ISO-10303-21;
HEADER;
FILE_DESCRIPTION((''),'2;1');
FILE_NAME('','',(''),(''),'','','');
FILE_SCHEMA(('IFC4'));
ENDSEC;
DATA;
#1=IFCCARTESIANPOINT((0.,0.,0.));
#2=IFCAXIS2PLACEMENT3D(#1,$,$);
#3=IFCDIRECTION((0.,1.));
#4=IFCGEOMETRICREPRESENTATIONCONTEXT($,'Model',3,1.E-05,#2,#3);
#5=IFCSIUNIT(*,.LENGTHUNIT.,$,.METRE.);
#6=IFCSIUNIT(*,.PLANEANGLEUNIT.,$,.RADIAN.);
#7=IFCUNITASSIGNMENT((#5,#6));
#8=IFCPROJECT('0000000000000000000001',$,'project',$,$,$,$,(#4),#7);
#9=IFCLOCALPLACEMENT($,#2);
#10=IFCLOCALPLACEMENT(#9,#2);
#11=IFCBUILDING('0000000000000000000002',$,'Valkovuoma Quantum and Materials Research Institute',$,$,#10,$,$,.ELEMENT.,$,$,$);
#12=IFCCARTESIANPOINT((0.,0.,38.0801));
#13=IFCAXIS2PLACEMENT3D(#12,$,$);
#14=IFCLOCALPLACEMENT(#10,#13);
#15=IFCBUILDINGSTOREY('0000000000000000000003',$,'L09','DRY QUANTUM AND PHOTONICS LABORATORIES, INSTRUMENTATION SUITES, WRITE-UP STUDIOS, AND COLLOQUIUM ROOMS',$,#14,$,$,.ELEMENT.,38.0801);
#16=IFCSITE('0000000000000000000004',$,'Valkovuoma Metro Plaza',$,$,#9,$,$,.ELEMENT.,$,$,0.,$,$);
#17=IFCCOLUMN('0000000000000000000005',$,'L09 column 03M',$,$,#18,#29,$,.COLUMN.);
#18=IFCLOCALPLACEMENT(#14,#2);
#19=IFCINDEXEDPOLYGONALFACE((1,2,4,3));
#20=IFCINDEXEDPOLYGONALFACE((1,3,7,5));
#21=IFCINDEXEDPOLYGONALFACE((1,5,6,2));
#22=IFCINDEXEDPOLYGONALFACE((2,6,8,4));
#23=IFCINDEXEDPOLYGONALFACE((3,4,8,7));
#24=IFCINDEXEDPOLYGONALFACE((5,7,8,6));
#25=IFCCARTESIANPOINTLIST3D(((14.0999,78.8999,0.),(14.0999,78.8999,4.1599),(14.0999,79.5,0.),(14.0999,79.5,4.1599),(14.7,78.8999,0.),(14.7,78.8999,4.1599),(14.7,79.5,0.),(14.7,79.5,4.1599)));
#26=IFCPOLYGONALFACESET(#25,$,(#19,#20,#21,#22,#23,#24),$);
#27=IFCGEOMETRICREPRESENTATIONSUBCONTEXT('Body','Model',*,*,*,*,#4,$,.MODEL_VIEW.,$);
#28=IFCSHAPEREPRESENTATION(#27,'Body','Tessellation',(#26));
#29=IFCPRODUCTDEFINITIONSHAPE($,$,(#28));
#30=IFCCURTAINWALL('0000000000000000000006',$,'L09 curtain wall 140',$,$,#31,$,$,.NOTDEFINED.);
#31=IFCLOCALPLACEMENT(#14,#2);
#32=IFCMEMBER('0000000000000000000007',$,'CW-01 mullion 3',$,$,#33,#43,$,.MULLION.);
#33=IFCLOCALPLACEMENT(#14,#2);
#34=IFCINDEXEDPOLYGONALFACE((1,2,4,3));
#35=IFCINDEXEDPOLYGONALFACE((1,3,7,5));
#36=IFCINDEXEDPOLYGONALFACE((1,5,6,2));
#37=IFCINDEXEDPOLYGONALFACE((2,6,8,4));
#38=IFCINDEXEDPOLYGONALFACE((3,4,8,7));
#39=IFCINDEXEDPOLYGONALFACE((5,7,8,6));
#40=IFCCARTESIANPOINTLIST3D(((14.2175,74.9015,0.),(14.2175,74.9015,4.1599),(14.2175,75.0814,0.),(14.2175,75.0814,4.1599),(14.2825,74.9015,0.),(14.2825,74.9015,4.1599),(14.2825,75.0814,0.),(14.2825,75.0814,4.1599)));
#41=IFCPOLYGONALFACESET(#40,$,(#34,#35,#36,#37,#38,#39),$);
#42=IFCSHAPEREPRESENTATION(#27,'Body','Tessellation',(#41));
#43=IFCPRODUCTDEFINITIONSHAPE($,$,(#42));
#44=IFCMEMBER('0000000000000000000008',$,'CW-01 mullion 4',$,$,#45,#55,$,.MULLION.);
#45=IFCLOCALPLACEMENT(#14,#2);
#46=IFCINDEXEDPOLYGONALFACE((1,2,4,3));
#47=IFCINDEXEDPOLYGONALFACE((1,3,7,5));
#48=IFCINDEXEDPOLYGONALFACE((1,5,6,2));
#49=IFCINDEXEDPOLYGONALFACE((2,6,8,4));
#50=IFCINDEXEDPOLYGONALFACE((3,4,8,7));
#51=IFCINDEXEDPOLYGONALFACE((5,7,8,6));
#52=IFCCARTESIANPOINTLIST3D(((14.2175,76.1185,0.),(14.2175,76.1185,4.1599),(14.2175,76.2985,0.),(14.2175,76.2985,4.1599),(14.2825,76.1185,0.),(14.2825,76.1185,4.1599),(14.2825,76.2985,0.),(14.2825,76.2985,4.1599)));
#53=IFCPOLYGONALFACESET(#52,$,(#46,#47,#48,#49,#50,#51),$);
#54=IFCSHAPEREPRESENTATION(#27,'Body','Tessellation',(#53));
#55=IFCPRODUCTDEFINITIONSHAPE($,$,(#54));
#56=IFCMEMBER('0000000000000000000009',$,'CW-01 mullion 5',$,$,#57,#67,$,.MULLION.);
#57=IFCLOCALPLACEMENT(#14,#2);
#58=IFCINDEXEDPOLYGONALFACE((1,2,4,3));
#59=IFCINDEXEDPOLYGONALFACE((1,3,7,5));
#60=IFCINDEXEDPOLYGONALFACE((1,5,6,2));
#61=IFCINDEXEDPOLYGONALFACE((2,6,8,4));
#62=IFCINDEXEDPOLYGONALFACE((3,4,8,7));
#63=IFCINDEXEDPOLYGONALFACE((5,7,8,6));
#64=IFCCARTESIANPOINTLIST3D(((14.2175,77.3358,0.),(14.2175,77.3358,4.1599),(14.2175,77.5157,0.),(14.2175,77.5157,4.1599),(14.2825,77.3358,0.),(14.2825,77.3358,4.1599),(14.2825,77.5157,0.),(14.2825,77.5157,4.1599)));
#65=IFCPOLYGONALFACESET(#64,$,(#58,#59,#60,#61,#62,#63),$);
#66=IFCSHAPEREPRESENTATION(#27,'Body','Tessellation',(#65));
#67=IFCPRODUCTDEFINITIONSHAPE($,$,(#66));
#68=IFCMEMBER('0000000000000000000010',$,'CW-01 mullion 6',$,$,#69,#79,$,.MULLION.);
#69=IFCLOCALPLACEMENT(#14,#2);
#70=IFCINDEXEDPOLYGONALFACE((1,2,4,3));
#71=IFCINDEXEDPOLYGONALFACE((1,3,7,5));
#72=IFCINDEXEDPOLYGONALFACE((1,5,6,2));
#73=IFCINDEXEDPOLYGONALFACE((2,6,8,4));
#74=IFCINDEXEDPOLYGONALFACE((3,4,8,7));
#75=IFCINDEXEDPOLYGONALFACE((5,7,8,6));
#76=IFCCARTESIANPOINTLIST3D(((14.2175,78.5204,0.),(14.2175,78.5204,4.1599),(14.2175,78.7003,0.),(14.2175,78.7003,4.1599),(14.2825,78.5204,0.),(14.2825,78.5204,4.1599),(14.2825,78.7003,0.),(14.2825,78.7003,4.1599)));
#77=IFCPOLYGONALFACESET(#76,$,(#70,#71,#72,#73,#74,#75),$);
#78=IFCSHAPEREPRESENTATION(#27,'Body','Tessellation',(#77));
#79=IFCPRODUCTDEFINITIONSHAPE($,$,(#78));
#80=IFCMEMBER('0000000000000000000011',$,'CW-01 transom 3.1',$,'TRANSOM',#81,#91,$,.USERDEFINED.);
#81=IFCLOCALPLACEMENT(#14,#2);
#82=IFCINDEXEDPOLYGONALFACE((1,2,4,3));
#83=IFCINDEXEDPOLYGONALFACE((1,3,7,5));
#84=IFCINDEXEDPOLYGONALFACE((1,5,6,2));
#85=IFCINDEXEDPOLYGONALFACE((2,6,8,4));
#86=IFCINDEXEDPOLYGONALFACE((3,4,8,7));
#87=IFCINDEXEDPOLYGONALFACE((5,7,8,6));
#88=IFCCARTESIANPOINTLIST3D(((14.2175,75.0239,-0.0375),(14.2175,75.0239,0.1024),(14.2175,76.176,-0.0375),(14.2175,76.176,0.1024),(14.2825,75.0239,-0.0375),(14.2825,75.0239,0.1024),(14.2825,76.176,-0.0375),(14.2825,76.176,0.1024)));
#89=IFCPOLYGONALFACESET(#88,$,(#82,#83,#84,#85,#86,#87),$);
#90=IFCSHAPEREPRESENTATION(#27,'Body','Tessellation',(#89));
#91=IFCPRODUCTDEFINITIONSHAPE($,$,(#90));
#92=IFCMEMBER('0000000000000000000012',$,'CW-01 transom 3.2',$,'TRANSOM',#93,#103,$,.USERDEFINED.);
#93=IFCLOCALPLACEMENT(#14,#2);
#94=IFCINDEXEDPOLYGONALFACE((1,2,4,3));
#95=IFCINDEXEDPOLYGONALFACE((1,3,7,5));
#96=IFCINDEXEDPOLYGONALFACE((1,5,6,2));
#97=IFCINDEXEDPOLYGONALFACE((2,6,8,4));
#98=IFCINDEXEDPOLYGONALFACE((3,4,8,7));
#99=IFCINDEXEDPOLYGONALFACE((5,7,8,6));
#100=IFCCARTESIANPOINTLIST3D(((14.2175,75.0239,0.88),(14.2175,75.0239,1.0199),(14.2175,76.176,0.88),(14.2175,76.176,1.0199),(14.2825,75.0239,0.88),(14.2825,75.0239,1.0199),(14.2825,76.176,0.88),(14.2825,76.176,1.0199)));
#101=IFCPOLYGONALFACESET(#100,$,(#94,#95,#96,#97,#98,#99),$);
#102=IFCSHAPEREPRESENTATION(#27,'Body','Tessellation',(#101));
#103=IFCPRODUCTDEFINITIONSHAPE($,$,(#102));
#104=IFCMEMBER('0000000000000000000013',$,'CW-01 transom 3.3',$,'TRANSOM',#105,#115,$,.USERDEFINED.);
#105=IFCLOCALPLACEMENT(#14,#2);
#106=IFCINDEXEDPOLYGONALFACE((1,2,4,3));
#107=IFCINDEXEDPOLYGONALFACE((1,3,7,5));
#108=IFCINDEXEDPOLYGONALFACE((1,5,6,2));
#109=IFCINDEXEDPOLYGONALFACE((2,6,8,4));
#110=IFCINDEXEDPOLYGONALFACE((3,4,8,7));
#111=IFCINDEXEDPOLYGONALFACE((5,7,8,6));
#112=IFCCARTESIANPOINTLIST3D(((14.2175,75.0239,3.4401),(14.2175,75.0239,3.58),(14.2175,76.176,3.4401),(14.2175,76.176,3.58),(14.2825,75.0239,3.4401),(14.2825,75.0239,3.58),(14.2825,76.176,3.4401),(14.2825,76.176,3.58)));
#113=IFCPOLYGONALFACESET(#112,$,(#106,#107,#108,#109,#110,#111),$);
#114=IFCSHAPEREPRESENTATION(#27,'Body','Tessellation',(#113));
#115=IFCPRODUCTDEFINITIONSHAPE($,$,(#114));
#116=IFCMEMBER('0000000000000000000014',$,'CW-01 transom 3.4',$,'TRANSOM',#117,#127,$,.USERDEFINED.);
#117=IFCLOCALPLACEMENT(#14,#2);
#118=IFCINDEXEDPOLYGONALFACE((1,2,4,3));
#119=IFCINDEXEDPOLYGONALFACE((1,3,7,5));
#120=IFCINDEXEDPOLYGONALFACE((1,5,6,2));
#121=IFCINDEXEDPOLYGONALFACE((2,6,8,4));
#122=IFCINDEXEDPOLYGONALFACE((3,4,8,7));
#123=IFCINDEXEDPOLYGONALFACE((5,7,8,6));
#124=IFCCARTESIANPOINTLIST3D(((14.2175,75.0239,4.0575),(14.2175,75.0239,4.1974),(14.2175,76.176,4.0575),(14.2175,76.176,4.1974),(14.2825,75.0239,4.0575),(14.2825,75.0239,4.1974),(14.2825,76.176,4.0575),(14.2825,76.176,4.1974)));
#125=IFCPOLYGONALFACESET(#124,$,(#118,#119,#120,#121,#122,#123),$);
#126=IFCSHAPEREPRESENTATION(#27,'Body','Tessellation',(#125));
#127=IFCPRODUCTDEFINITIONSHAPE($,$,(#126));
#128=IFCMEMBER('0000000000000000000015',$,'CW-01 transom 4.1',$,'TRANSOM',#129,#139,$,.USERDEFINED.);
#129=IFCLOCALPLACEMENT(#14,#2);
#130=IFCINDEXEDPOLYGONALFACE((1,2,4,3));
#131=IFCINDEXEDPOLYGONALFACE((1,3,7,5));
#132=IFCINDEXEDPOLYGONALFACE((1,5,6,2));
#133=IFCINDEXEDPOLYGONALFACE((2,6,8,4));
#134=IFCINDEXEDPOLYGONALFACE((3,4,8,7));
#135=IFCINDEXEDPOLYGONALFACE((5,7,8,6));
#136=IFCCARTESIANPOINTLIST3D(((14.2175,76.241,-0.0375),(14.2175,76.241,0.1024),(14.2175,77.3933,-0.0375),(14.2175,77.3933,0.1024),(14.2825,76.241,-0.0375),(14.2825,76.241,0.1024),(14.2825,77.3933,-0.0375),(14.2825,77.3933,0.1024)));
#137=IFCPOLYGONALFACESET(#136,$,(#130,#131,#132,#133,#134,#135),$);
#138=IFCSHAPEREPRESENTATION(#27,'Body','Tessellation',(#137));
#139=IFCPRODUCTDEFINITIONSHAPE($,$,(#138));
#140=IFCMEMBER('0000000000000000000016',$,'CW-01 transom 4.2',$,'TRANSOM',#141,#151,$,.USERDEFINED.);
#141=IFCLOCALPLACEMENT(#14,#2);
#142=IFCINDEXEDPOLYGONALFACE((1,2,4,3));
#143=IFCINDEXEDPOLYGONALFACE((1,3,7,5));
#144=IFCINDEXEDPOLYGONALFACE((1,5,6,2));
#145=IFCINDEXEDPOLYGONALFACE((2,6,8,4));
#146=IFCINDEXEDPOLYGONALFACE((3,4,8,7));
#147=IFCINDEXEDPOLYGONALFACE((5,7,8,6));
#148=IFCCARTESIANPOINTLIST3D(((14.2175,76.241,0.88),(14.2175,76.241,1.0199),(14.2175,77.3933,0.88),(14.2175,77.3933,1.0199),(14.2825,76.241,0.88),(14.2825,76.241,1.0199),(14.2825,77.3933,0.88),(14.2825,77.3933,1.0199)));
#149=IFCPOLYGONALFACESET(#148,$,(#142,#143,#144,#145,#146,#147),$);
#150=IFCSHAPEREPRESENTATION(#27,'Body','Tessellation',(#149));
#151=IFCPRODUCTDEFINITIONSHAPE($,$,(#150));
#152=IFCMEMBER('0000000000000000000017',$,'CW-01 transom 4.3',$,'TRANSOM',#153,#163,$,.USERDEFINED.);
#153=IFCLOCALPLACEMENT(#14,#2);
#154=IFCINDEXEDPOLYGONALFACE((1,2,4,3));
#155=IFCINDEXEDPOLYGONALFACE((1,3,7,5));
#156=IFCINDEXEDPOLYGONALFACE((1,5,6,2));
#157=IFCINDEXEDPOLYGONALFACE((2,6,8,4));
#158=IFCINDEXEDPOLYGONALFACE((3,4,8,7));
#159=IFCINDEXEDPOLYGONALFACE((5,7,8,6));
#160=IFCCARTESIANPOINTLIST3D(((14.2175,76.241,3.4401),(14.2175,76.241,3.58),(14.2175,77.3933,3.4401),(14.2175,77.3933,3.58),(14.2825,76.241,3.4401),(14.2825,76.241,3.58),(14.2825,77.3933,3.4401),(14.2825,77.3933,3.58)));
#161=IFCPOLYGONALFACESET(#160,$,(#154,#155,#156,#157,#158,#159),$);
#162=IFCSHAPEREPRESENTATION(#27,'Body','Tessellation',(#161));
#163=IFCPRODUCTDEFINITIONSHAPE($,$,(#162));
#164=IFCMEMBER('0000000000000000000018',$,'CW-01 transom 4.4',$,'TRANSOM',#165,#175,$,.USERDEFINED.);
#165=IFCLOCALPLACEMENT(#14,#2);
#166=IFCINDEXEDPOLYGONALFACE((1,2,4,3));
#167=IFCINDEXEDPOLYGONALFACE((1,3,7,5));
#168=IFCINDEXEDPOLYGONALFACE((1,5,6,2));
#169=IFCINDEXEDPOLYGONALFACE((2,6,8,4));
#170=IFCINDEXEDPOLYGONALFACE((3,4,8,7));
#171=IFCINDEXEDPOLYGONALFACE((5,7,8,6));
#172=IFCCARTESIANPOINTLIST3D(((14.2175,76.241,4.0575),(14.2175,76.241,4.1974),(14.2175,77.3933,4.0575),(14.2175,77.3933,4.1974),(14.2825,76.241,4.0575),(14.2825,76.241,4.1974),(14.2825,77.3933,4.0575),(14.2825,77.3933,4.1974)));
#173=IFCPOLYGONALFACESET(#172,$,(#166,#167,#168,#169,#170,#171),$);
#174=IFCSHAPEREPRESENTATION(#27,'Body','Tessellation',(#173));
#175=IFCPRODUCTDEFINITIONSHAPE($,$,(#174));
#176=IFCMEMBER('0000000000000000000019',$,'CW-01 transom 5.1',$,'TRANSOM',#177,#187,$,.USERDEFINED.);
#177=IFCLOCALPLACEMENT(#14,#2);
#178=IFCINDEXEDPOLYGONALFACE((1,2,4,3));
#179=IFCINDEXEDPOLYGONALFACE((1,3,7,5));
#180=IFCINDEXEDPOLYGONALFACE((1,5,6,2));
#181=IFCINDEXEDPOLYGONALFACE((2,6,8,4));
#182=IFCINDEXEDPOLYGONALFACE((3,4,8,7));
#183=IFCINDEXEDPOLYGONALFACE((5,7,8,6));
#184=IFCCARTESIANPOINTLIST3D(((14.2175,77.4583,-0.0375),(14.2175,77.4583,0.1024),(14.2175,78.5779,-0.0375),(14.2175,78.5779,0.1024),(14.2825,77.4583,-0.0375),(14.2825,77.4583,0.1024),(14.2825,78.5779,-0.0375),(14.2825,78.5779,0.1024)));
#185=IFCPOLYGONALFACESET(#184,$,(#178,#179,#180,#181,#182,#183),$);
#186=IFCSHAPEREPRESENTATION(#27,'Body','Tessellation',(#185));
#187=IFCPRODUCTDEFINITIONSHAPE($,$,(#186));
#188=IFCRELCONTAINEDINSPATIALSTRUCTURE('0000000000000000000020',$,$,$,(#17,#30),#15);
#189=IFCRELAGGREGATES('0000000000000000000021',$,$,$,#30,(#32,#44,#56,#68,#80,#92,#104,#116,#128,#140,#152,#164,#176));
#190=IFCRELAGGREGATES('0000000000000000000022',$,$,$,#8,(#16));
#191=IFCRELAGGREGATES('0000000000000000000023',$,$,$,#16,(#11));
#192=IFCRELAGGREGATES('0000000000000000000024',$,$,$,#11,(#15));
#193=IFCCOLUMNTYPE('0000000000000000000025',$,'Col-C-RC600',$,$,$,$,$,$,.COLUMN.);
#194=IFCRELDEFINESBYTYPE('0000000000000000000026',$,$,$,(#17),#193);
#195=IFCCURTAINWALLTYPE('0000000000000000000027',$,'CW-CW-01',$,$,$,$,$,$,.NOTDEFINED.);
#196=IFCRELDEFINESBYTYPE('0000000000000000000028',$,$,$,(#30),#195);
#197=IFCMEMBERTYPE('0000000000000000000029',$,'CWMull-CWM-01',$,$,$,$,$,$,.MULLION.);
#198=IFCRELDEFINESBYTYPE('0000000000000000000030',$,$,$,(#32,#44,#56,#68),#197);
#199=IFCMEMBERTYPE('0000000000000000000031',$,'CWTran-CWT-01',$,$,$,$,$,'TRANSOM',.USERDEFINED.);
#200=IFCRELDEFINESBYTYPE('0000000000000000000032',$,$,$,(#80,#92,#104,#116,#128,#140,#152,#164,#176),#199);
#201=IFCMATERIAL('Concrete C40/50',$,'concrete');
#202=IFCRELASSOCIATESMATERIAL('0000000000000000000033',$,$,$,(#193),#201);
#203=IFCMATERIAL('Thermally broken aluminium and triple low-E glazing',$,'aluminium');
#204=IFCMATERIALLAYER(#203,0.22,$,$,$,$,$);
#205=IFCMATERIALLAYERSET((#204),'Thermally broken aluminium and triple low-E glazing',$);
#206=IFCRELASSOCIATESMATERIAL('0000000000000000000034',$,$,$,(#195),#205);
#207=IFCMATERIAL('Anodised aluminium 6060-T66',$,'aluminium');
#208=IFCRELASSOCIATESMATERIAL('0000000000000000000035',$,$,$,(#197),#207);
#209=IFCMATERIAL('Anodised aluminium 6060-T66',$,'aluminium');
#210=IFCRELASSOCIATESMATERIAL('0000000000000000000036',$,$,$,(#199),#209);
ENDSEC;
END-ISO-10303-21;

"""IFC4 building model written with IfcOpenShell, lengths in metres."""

from ifc_helpers import new_model, si_unit, direction, frame, origin, origin_2d, place, context, subcontext, project, spatial, rectangle, extrude, material, layer, layer_set, material_profile, profile_set, type_object, element, aggregate, save


model = new_model("IFC4")

# Units and contexts
model_context = context("Model", 3, precision=1e-05, world=origin(), true_north=direction((0.0, 1.0)))
body_context = subcontext(model_context, "Body", "Model", "MODEL_VIEW")
ifc_project = project(units=[si_unit("LENGTHUNIT", "METRE"), si_unit("PLANEANGLEUNIT", "RADIAN")], contexts=[model_context])

# Site, building, storey
site_placement = place(None, origin())
site = spatial("IfcSite", under=ifc_project, at=site_placement, Name="Valkovuoma Metro Plaza", CompositionType="ELEMENT", RefElevation=0.0)
building_placement = place(site_placement, origin())
building = spatial("IfcBuilding", under=site, at=building_placement, Name="Valkovuoma Quantum and Materials Research Institute", CompositionType="ELEMENT")
storey_placement = place(building_placement, frame((0.0, 0.0, 38.0801)))
storey = spatial("IfcBuildingStorey", under=building, at=storey_placement, Name="L09", Description="DRY QUANTUM AND PHOTONICS LABORATORIES, INSTRUMENTATION SUITES, WRITE-UP STUDIOS, AND COLLOQUIUM ROOMS", CompositionType="ELEMENT", Elevation=38.0801)

# Column
ifc_material_1 = material(Name="Concrete C40/50", Category="concrete")
ifc_material_profile_1 = material_profile(ifc_material_1, rectangle(XDim=0.6001, YDim=0.6001, at=origin_2d()), Name="Concrete C40/50")
ifc_profile_set_1 = profile_set([ifc_material_profile_1], Name="Concrete C40/50")
column_type = type_object("IfcColumnType", Name="Col-C-RC600", PredefinedType="COLUMN", material=ifc_profile_set_1)
column_placement = place(storey_placement, frame((14.3999, 79.2, 0.0), z_axis=(0.0, 0.0, 1.0), x_axis=(1.0, 0.0, 0.0)))
element("IfcColumn", 1, at=column_placement, inside=storey, type_object=column_type, Name="L09 column 03M", PredefinedType="COLUMN", context=body_context, shape_type="SweptSolid", body=[
    extrude(rectangle(XDim=0.6001, YDim=0.6001, at=origin_2d()), origin(), (0.0, 0.0, 1.0), 4.1599),
])

# Curtain wall, members
ifc_material_2 = material(Name="Thermally broken aluminium and triple low-E glazing", Category="aluminium")
ifc_layer_1 = layer(ifc_material_2, 0.22)
ifc_layer_set_1 = layer_set([ifc_layer_1], Name="Thermally broken aluminium and triple low-E glazing")
curtain_wall_type = type_object("IfcCurtainWallType", Name="CW-CW-01", PredefinedType="NOTDEFINED", material=ifc_layer_set_1)
curtain_wall_placement = place(storey_placement, origin())
curtain_wall = element("IfcCurtainWall", 2, at=curtain_wall_placement, inside=storey, type_object=curtain_wall_type, Name="L09 curtain wall 140", PredefinedType="NOTDEFINED")
ifc_material_3 = material(Name="Anodised aluminium 6060-T66", Category="aluminium")
ifc_material_profile_2 = material_profile(ifc_material_3, rectangle(XDim=0.0649, YDim=0.1799, at=origin_2d()), Name="Anodised aluminium 6060-T66")
ifc_profile_set_2 = profile_set([ifc_material_profile_2], Name="Anodised aluminium 6060-T66")
member_type_1 = type_object("IfcMemberType", Name="CWMull-CWM-01", PredefinedType="MULLION", material=ifc_profile_set_2)
member_1_placement = place(storey_placement, frame((14.25, 74.9915, 0.0), z_axis=(0.0, 0.0, 1.0), x_axis=(-1.0, 0.0, 0.0)))
member_1 = element("IfcMember", 3, at=member_1_placement, type_object=member_type_1, Name="CW-01 mullion 3", PredefinedType="MULLION", context=body_context, shape_type="SweptSolid", body=[
    extrude(rectangle(XDim=0.0649, YDim=0.1799, at=origin_2d()), origin(), (0.0, 0.0, 1.0), 4.1599),
])
member_2_placement = place(storey_placement, frame((14.25, 76.2085, 0.0), z_axis=(0.0, 0.0, 1.0), x_axis=(-1.0, 0.0, 0.0)))
member_2 = element("IfcMember", 4, at=member_2_placement, type_object=member_type_1, Name="CW-01 mullion 4", PredefinedType="MULLION", context=body_context, shape_type="SweptSolid", body=[
    extrude(rectangle(XDim=0.0649, YDim=0.1799, at=origin_2d()), origin(), (0.0, 0.0, 1.0), 4.1599),
])
member_3_placement = place(storey_placement, frame((14.25, 77.4258, 0.0), z_axis=(0.0, 0.0, 1.0), x_axis=(-1.0, 0.0, 0.0)))
member_3 = element("IfcMember", 5, at=member_3_placement, type_object=member_type_1, Name="CW-01 mullion 5", PredefinedType="MULLION", context=body_context, shape_type="SweptSolid", body=[
    extrude(rectangle(XDim=0.0649, YDim=0.1799, at=origin_2d()), origin(), (0.0, 0.0, 1.0), 4.1599),
])
member_4_placement = place(storey_placement, frame((14.25, 78.6104, 0.0), z_axis=(0.0, 0.0, 1.0), x_axis=(-1.0, 0.0, 0.0)))
member_4 = element("IfcMember", 6, at=member_4_placement, type_object=member_type_1, Name="CW-01 mullion 6", PredefinedType="MULLION", context=body_context, shape_type="SweptSolid", body=[
    extrude(rectangle(XDim=0.0649, YDim=0.1799, at=origin_2d()), origin(), (0.0, 0.0, 1.0), 4.1599),
])
ifc_material_4 = material(Name="Anodised aluminium 6060-T66", Category="aluminium")
ifc_material_profile_3 = material_profile(ifc_material_4, rectangle(XDim=0.0649, YDim=0.1399, at=origin_2d()), Name="Anodised aluminium 6060-T66")
ifc_profile_set_3 = profile_set([ifc_material_profile_3], Name="Anodised aluminium 6060-T66")
member_type_2 = type_object("IfcMemberType", Name="CWTran-CWT-01", ElementType="TRANSOM", PredefinedType="USERDEFINED", material=ifc_profile_set_3)
member_5_placement = place(storey_placement, frame((14.25, 75.0239, 0.0325), z_axis=(0.0, 1.0, 0.0), x_axis=(-1.0, 0.0, 0.0)))
member_5 = element("IfcMember", 7, at=member_5_placement, type_object=member_type_2, Name="CW-01 transom 3.1", ObjectType="TRANSOM", PredefinedType="USERDEFINED", context=body_context, shape_type="SweptSolid", body=[
    extrude(rectangle(XDim=0.0649, YDim=0.1399, at=origin_2d()), origin(), (0.0, 0.0, 1.0), 1.1521),
])
member_6_placement = place(storey_placement, frame((14.25, 75.0239, 0.95), z_axis=(0.0, 1.0, 0.0), x_axis=(-1.0, 0.0, 0.0)))
member_6 = element("IfcMember", 8, at=member_6_placement, type_object=member_type_2, Name="CW-01 transom 3.2", ObjectType="TRANSOM", PredefinedType="USERDEFINED", context=body_context, shape_type="SweptSolid", body=[
    extrude(rectangle(XDim=0.0649, YDim=0.1399, at=origin_2d()), origin(), (0.0, 0.0, 1.0), 1.1521),
])
member_7_placement = place(storey_placement, frame((14.25, 75.0239, 3.51), z_axis=(0.0, 1.0, 0.0), x_axis=(-1.0, 0.0, 0.0)))
member_7 = element("IfcMember", 9, at=member_7_placement, type_object=member_type_2, Name="CW-01 transom 3.3", ObjectType="TRANSOM", PredefinedType="USERDEFINED", context=body_context, shape_type="SweptSolid", body=[
    extrude(rectangle(XDim=0.0649, YDim=0.1399, at=origin_2d()), origin(), (0.0, 0.0, 1.0), 1.1521),
])
member_8_placement = place(storey_placement, frame((14.25, 75.0239, 4.1274), z_axis=(0.0, 1.0, 0.0), x_axis=(-1.0, 0.0, 0.0)))
member_8 = element("IfcMember", 10, at=member_8_placement, type_object=member_type_2, Name="CW-01 transom 3.4", ObjectType="TRANSOM", PredefinedType="USERDEFINED", context=body_context, shape_type="SweptSolid", body=[
    extrude(rectangle(XDim=0.0649, YDim=0.1399, at=origin_2d()), origin(), (0.0, 0.0, 1.0), 1.1521),
])
member_9_placement = place(storey_placement, frame((14.25, 76.241, 0.0325), z_axis=(0.0, 1.0, 0.0), x_axis=(-1.0, 0.0, 0.0)))
member_9 = element("IfcMember", 11, at=member_9_placement, type_object=member_type_2, Name="CW-01 transom 4.1", ObjectType="TRANSOM", PredefinedType="USERDEFINED", context=body_context, shape_type="SweptSolid", body=[
    extrude(rectangle(XDim=0.0649, YDim=0.1399, at=origin_2d()), origin(), (0.0, 0.0, 1.0), 1.1523),
])
member_10_placement = place(storey_placement, frame((14.25, 76.241, 0.95), z_axis=(0.0, 1.0, 0.0), x_axis=(-1.0, 0.0, 0.0)))
member_10 = element("IfcMember", 12, at=member_10_placement, type_object=member_type_2, Name="CW-01 transom 4.2", ObjectType="TRANSOM", PredefinedType="USERDEFINED", context=body_context, shape_type="SweptSolid", body=[
    extrude(rectangle(XDim=0.0649, YDim=0.1399, at=origin_2d()), origin(), (0.0, 0.0, 1.0), 1.1523),
])
member_11_placement = place(storey_placement, frame((14.25, 76.241, 3.51), z_axis=(0.0, 1.0, 0.0), x_axis=(-1.0, 0.0, 0.0)))
member_11 = element("IfcMember", 13, at=member_11_placement, type_object=member_type_2, Name="CW-01 transom 4.3", ObjectType="TRANSOM", PredefinedType="USERDEFINED", context=body_context, shape_type="SweptSolid", body=[
    extrude(rectangle(XDim=0.0649, YDim=0.1399, at=origin_2d()), origin(), (0.0, 0.0, 1.0), 1.1523),
])
member_12_placement = place(storey_placement, frame((14.25, 76.241, 4.1274), z_axis=(0.0, 1.0, 0.0), x_axis=(-1.0, 0.0, 0.0)))
member_12 = element("IfcMember", 14, at=member_12_placement, type_object=member_type_2, Name="CW-01 transom 4.4", ObjectType="TRANSOM", PredefinedType="USERDEFINED", context=body_context, shape_type="SweptSolid", body=[
    extrude(rectangle(XDim=0.0649, YDim=0.1399, at=origin_2d()), origin(), (0.0, 0.0, 1.0), 1.1523),
])
member_13_placement = place(storey_placement, frame((14.25, 77.4583, 0.0325), z_axis=(0.0, 1.0, 0.0), x_axis=(-1.0, 0.0, 0.0)))
member_13 = element("IfcMember", 15, at=member_13_placement, type_object=member_type_2, Name="CW-01 transom 5.1", ObjectType="TRANSOM", PredefinedType="USERDEFINED", context=body_context, shape_type="SweptSolid", body=[
    extrude(rectangle(XDim=0.0649, YDim=0.1399, at=origin_2d()), origin(), (0.0, 0.0, 1.0), 1.1196),
])
aggregate(curtain_wall, [member_1, member_2, member_3, member_4, member_5, member_6, member_7, member_8, member_9, member_10, member_11, member_12, member_13])

save(model, "model.ifc")
